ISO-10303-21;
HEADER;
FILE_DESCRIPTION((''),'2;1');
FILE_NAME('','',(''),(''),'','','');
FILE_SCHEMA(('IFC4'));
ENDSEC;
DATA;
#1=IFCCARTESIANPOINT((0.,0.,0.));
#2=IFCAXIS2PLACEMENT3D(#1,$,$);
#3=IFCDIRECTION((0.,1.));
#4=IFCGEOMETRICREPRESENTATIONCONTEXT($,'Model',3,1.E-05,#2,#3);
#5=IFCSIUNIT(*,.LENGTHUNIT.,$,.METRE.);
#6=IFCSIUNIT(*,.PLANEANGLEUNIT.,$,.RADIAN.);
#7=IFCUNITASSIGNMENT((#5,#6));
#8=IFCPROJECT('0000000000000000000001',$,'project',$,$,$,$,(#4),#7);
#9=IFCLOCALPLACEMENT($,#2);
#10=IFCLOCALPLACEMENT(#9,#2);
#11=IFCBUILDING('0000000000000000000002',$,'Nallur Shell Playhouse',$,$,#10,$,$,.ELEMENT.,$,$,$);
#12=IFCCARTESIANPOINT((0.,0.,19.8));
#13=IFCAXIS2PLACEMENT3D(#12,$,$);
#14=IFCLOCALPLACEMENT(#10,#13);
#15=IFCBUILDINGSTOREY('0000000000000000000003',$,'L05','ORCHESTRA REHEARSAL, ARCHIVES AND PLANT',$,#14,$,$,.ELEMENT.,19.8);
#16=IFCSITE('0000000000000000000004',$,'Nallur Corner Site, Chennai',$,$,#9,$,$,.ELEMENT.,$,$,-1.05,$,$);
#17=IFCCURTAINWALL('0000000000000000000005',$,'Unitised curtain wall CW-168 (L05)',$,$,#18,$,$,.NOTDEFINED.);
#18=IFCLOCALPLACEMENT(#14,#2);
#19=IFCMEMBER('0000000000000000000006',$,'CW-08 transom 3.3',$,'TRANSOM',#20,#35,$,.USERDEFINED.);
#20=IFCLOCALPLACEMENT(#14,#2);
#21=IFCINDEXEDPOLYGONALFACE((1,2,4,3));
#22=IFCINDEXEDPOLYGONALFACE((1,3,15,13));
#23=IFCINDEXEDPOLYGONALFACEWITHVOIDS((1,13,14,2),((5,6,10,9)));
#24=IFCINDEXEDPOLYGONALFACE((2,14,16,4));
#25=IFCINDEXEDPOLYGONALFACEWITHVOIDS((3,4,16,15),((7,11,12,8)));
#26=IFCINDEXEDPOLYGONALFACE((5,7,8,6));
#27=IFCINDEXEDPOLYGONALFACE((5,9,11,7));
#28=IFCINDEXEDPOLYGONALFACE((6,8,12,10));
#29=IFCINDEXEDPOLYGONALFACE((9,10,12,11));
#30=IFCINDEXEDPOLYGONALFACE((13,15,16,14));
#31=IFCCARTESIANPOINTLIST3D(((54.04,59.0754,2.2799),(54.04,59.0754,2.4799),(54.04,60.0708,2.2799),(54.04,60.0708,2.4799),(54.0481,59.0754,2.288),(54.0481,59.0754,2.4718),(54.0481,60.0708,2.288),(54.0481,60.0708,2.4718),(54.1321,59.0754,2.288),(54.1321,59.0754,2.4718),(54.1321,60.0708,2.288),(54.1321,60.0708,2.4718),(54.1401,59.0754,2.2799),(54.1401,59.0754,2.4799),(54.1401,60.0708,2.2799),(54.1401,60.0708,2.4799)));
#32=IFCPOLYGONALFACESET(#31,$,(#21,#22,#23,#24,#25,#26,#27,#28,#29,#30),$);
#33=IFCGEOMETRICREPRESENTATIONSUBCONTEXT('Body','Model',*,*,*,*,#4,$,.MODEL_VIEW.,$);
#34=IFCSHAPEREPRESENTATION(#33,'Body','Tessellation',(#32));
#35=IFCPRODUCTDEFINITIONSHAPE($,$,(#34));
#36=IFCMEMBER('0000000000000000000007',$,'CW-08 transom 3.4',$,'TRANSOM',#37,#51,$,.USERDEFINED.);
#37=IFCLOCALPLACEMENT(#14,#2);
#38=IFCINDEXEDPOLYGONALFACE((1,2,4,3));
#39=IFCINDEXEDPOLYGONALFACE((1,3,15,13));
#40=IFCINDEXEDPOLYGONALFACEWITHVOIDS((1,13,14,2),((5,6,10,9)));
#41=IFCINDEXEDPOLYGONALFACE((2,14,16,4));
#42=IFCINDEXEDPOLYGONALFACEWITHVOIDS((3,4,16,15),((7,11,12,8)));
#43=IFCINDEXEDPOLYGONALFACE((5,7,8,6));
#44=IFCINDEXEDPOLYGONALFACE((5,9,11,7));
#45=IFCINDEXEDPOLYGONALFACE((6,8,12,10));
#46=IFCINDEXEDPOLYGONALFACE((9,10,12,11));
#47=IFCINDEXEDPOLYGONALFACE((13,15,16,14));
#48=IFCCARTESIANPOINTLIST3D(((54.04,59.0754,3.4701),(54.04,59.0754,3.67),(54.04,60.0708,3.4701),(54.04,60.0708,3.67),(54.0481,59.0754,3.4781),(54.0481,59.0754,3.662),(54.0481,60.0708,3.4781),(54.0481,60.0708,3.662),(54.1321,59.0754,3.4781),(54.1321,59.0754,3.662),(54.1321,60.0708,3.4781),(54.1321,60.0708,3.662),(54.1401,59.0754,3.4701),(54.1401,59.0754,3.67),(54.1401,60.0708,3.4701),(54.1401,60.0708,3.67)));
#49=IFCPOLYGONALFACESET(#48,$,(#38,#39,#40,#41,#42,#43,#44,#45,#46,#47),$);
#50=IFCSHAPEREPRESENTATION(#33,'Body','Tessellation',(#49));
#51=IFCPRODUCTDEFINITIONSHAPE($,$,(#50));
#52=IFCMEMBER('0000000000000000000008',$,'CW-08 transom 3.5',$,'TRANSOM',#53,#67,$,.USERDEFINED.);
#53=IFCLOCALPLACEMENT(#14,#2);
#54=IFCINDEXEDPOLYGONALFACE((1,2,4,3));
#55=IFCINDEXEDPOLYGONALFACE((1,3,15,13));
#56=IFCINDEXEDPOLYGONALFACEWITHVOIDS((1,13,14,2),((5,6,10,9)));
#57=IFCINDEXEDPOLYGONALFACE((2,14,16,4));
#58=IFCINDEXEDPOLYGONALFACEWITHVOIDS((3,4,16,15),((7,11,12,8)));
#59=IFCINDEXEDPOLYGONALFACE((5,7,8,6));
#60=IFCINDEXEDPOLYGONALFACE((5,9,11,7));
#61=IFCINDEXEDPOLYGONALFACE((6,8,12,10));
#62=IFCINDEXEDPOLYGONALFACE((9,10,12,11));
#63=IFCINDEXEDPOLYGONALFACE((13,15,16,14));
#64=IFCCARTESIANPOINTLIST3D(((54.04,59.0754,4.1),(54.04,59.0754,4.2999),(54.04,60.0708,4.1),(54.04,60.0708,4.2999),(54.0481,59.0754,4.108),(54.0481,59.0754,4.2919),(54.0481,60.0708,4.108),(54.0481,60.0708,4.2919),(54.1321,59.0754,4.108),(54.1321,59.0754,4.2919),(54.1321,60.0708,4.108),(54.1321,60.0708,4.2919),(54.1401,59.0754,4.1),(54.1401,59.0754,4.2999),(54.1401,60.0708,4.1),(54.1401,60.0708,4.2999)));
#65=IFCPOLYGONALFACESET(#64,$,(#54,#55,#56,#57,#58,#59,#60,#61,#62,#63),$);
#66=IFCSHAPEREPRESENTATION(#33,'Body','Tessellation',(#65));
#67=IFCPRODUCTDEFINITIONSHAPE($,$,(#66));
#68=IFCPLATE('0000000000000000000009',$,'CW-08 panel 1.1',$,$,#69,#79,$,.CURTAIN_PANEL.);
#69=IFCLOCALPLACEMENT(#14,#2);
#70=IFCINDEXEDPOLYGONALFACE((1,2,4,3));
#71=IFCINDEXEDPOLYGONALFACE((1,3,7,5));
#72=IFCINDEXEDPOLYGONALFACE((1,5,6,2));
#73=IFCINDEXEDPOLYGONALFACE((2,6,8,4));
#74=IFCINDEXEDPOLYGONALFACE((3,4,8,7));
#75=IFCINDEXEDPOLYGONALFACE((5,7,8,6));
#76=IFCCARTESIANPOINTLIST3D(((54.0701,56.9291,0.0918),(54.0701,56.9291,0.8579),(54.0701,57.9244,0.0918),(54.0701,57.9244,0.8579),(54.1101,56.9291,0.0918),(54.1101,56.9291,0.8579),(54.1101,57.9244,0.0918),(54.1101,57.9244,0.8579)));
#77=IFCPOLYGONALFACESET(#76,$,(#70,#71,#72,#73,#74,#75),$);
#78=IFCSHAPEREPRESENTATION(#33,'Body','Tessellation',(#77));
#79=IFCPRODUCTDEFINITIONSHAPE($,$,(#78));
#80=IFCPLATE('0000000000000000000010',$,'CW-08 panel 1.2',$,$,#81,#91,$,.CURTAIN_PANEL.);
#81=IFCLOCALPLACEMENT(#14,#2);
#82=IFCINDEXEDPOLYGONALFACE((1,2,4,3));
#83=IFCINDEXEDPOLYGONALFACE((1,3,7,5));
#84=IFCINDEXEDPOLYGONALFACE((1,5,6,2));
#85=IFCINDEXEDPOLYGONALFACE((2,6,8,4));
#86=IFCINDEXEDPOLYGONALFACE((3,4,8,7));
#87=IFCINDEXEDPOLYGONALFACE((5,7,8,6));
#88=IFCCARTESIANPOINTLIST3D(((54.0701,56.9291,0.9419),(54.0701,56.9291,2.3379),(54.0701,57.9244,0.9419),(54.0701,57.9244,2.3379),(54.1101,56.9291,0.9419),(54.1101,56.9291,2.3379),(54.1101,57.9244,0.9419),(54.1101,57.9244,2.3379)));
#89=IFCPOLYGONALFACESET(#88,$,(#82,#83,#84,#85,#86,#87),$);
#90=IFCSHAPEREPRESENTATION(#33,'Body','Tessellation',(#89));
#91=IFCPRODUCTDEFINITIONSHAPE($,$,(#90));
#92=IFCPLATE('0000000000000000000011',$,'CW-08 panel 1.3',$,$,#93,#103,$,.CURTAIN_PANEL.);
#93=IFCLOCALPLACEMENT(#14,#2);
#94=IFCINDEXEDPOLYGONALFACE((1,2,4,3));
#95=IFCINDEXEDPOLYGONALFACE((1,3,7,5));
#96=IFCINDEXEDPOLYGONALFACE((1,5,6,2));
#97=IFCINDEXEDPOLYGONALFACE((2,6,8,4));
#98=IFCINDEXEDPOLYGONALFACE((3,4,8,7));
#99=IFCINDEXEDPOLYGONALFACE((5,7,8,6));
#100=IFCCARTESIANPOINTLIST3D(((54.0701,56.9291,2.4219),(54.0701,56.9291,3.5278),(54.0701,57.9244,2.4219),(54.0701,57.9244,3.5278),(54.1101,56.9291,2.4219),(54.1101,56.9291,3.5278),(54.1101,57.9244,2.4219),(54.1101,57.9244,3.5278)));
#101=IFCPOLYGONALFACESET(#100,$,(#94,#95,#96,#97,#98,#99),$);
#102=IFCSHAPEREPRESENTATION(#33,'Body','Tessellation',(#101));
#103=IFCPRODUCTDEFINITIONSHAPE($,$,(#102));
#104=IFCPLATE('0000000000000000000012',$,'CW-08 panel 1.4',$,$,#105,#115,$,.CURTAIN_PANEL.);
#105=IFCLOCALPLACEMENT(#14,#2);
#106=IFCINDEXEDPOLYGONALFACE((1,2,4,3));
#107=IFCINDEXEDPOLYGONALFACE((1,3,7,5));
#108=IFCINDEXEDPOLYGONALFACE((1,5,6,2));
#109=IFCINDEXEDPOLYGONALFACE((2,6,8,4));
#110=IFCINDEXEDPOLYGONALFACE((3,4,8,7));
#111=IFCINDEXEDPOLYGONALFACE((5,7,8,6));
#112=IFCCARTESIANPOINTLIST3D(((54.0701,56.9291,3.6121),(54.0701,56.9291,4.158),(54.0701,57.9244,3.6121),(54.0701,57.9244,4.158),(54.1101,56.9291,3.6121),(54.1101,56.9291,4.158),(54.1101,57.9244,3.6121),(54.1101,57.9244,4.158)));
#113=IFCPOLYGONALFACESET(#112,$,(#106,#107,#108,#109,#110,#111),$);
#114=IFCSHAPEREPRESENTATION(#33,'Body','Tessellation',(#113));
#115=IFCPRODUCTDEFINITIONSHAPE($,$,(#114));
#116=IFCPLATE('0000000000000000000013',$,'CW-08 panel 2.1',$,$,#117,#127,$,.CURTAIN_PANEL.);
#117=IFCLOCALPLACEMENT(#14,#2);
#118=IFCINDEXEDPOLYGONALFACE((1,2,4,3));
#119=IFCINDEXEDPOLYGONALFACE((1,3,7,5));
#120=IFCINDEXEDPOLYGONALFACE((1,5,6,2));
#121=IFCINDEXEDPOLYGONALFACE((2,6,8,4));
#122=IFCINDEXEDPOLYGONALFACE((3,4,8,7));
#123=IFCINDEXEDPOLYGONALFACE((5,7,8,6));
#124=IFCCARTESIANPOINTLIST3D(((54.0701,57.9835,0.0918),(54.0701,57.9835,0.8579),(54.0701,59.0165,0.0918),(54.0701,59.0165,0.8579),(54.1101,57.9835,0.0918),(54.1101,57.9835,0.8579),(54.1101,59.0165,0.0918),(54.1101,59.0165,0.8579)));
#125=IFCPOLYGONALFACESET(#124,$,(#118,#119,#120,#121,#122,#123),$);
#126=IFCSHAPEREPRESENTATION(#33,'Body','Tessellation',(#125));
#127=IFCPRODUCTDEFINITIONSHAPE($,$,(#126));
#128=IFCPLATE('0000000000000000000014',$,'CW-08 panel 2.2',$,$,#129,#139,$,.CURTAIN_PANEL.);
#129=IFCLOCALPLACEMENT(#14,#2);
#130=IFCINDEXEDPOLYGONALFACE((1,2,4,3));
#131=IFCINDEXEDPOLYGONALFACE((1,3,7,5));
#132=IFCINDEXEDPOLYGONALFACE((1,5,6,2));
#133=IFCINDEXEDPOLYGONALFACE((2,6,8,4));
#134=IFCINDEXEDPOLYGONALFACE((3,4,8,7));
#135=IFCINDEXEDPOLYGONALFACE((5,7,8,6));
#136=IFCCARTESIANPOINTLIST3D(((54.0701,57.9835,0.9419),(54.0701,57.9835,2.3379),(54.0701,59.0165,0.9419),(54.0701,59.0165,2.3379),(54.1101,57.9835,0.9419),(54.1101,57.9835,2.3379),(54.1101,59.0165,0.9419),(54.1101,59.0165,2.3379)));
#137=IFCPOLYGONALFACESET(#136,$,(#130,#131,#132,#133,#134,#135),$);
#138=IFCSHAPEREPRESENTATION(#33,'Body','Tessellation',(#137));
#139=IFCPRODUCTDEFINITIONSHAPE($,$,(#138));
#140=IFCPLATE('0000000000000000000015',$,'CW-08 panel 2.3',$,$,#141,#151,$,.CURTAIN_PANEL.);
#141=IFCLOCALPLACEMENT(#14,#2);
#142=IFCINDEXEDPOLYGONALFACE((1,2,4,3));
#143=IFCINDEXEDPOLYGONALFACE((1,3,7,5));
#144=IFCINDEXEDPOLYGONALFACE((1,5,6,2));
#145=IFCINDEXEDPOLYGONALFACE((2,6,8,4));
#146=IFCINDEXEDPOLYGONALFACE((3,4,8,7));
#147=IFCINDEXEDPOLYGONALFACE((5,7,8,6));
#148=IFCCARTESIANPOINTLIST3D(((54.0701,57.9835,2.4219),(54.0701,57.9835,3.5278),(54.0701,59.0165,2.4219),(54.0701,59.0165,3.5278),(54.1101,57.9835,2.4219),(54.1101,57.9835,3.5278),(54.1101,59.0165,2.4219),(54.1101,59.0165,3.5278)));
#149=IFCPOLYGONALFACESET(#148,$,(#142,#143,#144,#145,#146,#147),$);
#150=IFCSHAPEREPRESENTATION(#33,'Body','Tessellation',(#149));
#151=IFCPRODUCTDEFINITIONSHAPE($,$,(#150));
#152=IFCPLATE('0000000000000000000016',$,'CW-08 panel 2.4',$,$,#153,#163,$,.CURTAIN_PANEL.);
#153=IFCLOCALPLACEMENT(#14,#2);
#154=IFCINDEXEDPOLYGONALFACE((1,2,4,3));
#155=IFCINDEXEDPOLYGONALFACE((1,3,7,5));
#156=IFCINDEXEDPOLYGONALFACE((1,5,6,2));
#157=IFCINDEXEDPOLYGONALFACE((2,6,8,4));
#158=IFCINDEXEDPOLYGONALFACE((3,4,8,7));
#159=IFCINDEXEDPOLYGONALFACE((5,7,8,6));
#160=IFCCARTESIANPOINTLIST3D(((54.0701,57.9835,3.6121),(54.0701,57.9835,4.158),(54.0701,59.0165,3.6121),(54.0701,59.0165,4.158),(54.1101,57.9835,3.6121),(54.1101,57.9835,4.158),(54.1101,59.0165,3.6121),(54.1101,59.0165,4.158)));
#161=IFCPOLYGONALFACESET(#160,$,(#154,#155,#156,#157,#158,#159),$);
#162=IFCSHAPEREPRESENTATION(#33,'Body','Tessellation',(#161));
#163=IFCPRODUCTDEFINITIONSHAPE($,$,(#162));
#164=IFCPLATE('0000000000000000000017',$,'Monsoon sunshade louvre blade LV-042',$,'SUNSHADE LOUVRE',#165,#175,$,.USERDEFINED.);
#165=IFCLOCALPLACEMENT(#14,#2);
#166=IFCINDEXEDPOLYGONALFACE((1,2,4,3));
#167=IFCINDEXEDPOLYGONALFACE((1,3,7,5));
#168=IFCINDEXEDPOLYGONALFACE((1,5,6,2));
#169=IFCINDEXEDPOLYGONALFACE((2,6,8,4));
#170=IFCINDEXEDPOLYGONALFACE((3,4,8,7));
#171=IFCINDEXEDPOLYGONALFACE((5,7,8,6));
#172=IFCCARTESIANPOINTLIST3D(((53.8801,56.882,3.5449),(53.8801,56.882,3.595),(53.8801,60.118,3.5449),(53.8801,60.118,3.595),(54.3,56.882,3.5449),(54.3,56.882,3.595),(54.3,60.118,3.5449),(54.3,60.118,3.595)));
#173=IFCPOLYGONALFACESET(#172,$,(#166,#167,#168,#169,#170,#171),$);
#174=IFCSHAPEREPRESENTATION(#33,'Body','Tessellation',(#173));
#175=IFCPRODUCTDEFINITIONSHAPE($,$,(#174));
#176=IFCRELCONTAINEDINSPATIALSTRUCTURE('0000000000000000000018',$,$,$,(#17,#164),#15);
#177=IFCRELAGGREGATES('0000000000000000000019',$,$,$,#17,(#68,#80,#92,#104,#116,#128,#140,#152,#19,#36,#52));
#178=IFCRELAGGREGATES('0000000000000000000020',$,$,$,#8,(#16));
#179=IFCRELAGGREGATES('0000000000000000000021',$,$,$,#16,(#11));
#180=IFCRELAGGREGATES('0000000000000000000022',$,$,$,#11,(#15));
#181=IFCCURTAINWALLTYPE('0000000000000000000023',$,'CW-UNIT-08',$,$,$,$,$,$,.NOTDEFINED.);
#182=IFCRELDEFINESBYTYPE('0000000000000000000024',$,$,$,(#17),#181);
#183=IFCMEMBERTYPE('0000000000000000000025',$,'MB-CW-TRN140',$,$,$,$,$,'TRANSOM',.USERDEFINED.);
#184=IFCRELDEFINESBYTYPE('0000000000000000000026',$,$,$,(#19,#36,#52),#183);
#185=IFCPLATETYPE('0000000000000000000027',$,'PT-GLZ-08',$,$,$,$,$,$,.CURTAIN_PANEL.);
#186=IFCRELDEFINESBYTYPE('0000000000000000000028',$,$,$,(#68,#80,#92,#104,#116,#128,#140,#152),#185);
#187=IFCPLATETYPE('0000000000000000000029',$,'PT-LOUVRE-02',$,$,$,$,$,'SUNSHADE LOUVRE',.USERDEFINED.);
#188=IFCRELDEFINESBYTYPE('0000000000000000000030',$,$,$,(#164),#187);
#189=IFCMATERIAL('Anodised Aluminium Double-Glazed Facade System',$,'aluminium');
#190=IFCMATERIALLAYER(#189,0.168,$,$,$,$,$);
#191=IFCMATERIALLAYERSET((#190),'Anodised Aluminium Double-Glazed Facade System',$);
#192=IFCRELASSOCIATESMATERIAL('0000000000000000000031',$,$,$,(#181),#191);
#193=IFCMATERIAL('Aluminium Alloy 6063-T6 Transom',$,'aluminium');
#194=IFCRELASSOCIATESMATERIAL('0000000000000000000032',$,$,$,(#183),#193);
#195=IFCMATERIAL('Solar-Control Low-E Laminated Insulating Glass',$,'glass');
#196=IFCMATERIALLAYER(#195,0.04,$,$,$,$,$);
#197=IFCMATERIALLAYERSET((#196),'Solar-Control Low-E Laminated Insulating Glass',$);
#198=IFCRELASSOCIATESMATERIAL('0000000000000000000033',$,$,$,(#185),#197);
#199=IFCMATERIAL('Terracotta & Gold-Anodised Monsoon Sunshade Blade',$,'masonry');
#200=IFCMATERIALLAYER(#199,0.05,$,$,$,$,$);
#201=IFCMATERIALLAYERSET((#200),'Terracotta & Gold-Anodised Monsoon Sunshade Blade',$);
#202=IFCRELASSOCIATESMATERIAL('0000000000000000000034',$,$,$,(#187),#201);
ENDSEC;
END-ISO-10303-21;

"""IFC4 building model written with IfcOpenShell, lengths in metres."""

from ifc_helpers import new_model, si_unit, direction, frame, origin, origin_2d, place, context, subcontext, project, spatial, rectangle, hollow_rectangle, extrude, material, layer, layer_set, material_profile, profile_set, type_object, element, aggregate, save


model = new_model("IFC4")

# Units and contexts
model_context = context("Model", 3, precision=1e-05, world=origin(), true_north=direction((0.0, 1.0)))
body_context = subcontext(model_context, "Body", "Model", "MODEL_VIEW")
ifc_project = project(units=[si_unit("LENGTHUNIT", "METRE"), si_unit("PLANEANGLEUNIT", "RADIAN")], contexts=[model_context])

# Site, building, storey
site_placement = place(None, origin())
site = spatial("IfcSite", under=ifc_project, at=site_placement, Name="Nallur Corner Site, Chennai", CompositionType="ELEMENT", RefElevation=-1.05)
building_placement = place(site_placement, origin())
building = spatial("IfcBuilding", under=site, at=building_placement, Name="Nallur Shell Playhouse", CompositionType="ELEMENT")
storey_placement = place(building_placement, frame((0.0, 0.0, 19.8)))
storey = spatial("IfcBuildingStorey", under=building, at=storey_placement, Name="L05", Description="ORCHESTRA REHEARSAL, ARCHIVES AND PLANT", CompositionType="ELEMENT", Elevation=19.8)

# Curtain wall, members, plates
ifc_material_1 = material(Name="Anodised Aluminium Double-Glazed Facade System", Category="aluminium")
ifc_layer_1 = layer(ifc_material_1, 0.168)
ifc_layer_set_1 = layer_set([ifc_layer_1], Name="Anodised Aluminium Double-Glazed Facade System")
curtain_wall_type = type_object("IfcCurtainWallType", Name="CW-UNIT-08", PredefinedType="NOTDEFINED", material=ifc_layer_set_1)
curtain_wall_placement = place(storey_placement, origin())
curtain_wall = element("IfcCurtainWall", 1, at=curtain_wall_placement, inside=storey, type_object=curtain_wall_type, Name="Unitised curtain wall CW-168 (L05)", PredefinedType="NOTDEFINED")
ifc_material_2 = material(Name="Aluminium Alloy 6063-T6 Transom", Category="aluminium")
ifc_material_profile_1 = material_profile(ifc_material_2, hollow_rectangle(XDim=0.1001, YDim=0.2, WallThickness=0.0081, at=origin_2d()), Name="RHS 200x100x8")
ifc_profile_set_1 = profile_set([ifc_material_profile_1], Name="Aluminium Alloy 6063-T6 Transom")
member_type_1 = type_object("IfcMemberType", Name="MB-CW-TRN140", ElementType="TRANSOM", PredefinedType="USERDEFINED", material=ifc_profile_set_1)
member_1_placement = place(storey_placement, frame((54.0901, 59.0754, 2.3799), z_axis=(0.0, 1.0, 0.0), x_axis=(-1.0, 0.0, 0.0)))
member_1 = element("IfcMember", 2, at=member_1_placement, type_object=member_type_1, Name="CW-08 transom 3.3", ObjectType="TRANSOM", PredefinedType="USERDEFINED", context=body_context, shape_type="SweptSolid", body=[
    extrude(hollow_rectangle(XDim=0.1001, YDim=0.2, WallThickness=0.0081, at=origin_2d()), origin(), (0.0, 0.0, 1.0), 0.9954),
])
member_2_placement = place(storey_placement, frame((54.0901, 59.0754, 3.5701), z_axis=(0.0, 1.0, 0.0), x_axis=(-1.0, 0.0, 0.0)))
member_2 = element("IfcMember", 3, at=member_2_placement, type_object=member_type_1, Name="CW-08 transom 3.4", ObjectType="TRANSOM", PredefinedType="USERDEFINED", context=body_context, shape_type="SweptSolid", body=[
    extrude(hollow_rectangle(XDim=0.1001, YDim=0.2, WallThickness=0.0081, at=origin_2d()), origin(), (0.0, 0.0, 1.0), 0.9954),
])
member_3_placement = place(storey_placement, frame((54.0901, 59.0754, 4.2), z_axis=(0.0, 1.0, 0.0), x_axis=(-1.0, 0.0, 0.0)))
member_3 = element("IfcMember", 4, at=member_3_placement, type_object=member_type_1, Name="CW-08 transom 3.5", ObjectType="TRANSOM", PredefinedType="USERDEFINED", context=body_context, shape_type="SweptSolid", body=[
    extrude(hollow_rectangle(XDim=0.1001, YDim=0.2, WallThickness=0.0081, at=origin_2d()), origin(), (0.0, 0.0, 1.0), 0.9954),
])
ifc_material_3 = material(Name="Solar-Control Low-E Laminated Insulating Glass", Category="glass")
ifc_layer_2 = layer(ifc_material_3, 0.04)
ifc_layer_set_2 = layer_set([ifc_layer_2], Name="Solar-Control Low-E Laminated Insulating Glass")
plate_type_1 = type_object("IfcPlateType", Name="PT-GLZ-08", PredefinedType="CURTAIN_PANEL", material=ifc_layer_set_2)
plate_1_placement = place(storey_placement, frame((54.0901, 57.4268, 0.0918), z_axis=(0.0, 0.0, 1.0), x_axis=(0.0, 1.0, 0.0)))
plate_1 = element("IfcPlate", 5, at=plate_1_placement, type_object=plate_type_1, Name="CW-08 panel 1.1", PredefinedType="CURTAIN_PANEL", context=body_context, shape_type="SweptSolid", body=[
    extrude(rectangle(XDim=0.9954, YDim=0.04, at=origin_2d()), origin(), (0.0, 0.0, 1.0), 0.7661),
])
plate_2_placement = place(storey_placement, frame((54.0901, 57.4268, 0.9419), z_axis=(0.0, 0.0, 1.0), x_axis=(0.0, 1.0, 0.0)))
plate_2 = element("IfcPlate", 6, at=plate_2_placement, type_object=plate_type_1, Name="CW-08 panel 1.2", PredefinedType="CURTAIN_PANEL", context=body_context, shape_type="SweptSolid", body=[
    extrude(rectangle(XDim=0.9954, YDim=0.04, at=origin_2d()), origin(), (0.0, 0.0, 1.0), 1.396),
])
plate_3_placement = place(storey_placement, frame((54.0901, 57.4268, 2.4219), z_axis=(0.0, 0.0, 1.0), x_axis=(0.0, 1.0, 0.0)))
plate_3 = element("IfcPlate", 7, at=plate_3_placement, type_object=plate_type_1, Name="CW-08 panel 1.3", PredefinedType="CURTAIN_PANEL", context=body_context, shape_type="SweptSolid", body=[
    extrude(rectangle(XDim=0.9954, YDim=0.04, at=origin_2d()), origin(), (0.0, 0.0, 1.0), 1.106),
])
plate_4_placement = place(storey_placement, frame((54.0901, 57.4268, 3.6121), z_axis=(0.0, 0.0, 1.0), x_axis=(0.0, 1.0, 0.0)))
plate_4 = element("IfcPlate", 8, at=plate_4_placement, type_object=plate_type_1, Name="CW-08 panel 1.4", PredefinedType="CURTAIN_PANEL", context=body_context, shape_type="SweptSolid", body=[
    extrude(rectangle(XDim=0.9954, YDim=0.04, at=origin_2d()), origin(), (0.0, 0.0, 1.0), 0.5459),
])
plate_5_placement = place(storey_placement, frame((54.0901, 58.5, 0.0918), z_axis=(0.0, 0.0, 1.0), x_axis=(0.0, 1.0, 0.0)))
plate_5 = element("IfcPlate", 9, at=plate_5_placement, type_object=plate_type_1, Name="CW-08 panel 2.1", PredefinedType="CURTAIN_PANEL", context=body_context, shape_type="SweptSolid", body=[
    extrude(rectangle(XDim=1.033, YDim=0.04, at=origin_2d()), origin(), (0.0, 0.0, 1.0), 0.7661),
])
plate_6_placement = place(storey_placement, frame((54.0901, 58.5, 0.9419), z_axis=(0.0, 0.0, 1.0), x_axis=(0.0, 1.0, 0.0)))
plate_6 = element("IfcPlate", 10, at=plate_6_placement, type_object=plate_type_1, Name="CW-08 panel 2.2", PredefinedType="CURTAIN_PANEL", context=body_context, shape_type="SweptSolid", body=[
    extrude(rectangle(XDim=1.033, YDim=0.04, at=origin_2d()), origin(), (0.0, 0.0, 1.0), 1.396),
])
plate_7_placement = place(storey_placement, frame((54.0901, 58.5, 2.4219), z_axis=(0.0, 0.0, 1.0), x_axis=(0.0, 1.0, 0.0)))
plate_7 = element("IfcPlate", 11, at=plate_7_placement, type_object=plate_type_1, Name="CW-08 panel 2.3", PredefinedType="CURTAIN_PANEL", context=body_context, shape_type="SweptSolid", body=[
    extrude(rectangle(XDim=1.033, YDim=0.04, at=origin_2d()), origin(), (0.0, 0.0, 1.0), 1.106),
])
plate_8_placement = place(storey_placement, frame((54.0901, 58.5, 3.6121), z_axis=(0.0, 0.0, 1.0), x_axis=(0.0, 1.0, 0.0)))
plate_8 = element("IfcPlate", 12, at=plate_8_placement, type_object=plate_type_1, Name="CW-08 panel 2.4", PredefinedType="CURTAIN_PANEL", context=body_context, shape_type="SweptSolid", body=[
    extrude(rectangle(XDim=1.033, YDim=0.04, at=origin_2d()), origin(), (0.0, 0.0, 1.0), 0.5459),
])
aggregate(curtain_wall, [plate_1, plate_2, plate_3, plate_4, plate_5, plate_6, plate_7, plate_8, member_1, member_2, member_3])

# Plate
ifc_material_4 = material(Name="Terracotta & Gold-Anodised Monsoon Sunshade Blade", Category="masonry")
ifc_layer_3 = layer(ifc_material_4, 0.05)
ifc_layer_set_3 = layer_set([ifc_layer_3], Name="Terracotta & Gold-Anodised Monsoon Sunshade Blade")
plate_type_2 = type_object("IfcPlateType", Name="PT-LOUVRE-02", ElementType="SUNSHADE LOUVRE", PredefinedType="USERDEFINED", material=ifc_layer_set_3)
plate_9_placement = place(storey_placement, frame((54.0901, 58.5, 3.5449), z_axis=(0.0, 0.0, 1.0), x_axis=(0.0, 1.0, 0.0)))
element("IfcPlate", 13, at=plate_9_placement, inside=storey, type_object=plate_type_2, Name="Monsoon sunshade louvre blade LV-042", ObjectType="SUNSHADE LOUVRE", PredefinedType="USERDEFINED", context=body_context, shape_type="SweptSolid", body=[
    extrude(rectangle(XDim=3.2361, YDim=0.4199, at=origin_2d()), origin(), (0.0, 0.0, 1.0), 0.05),
])

save(model, "model.ifc")
